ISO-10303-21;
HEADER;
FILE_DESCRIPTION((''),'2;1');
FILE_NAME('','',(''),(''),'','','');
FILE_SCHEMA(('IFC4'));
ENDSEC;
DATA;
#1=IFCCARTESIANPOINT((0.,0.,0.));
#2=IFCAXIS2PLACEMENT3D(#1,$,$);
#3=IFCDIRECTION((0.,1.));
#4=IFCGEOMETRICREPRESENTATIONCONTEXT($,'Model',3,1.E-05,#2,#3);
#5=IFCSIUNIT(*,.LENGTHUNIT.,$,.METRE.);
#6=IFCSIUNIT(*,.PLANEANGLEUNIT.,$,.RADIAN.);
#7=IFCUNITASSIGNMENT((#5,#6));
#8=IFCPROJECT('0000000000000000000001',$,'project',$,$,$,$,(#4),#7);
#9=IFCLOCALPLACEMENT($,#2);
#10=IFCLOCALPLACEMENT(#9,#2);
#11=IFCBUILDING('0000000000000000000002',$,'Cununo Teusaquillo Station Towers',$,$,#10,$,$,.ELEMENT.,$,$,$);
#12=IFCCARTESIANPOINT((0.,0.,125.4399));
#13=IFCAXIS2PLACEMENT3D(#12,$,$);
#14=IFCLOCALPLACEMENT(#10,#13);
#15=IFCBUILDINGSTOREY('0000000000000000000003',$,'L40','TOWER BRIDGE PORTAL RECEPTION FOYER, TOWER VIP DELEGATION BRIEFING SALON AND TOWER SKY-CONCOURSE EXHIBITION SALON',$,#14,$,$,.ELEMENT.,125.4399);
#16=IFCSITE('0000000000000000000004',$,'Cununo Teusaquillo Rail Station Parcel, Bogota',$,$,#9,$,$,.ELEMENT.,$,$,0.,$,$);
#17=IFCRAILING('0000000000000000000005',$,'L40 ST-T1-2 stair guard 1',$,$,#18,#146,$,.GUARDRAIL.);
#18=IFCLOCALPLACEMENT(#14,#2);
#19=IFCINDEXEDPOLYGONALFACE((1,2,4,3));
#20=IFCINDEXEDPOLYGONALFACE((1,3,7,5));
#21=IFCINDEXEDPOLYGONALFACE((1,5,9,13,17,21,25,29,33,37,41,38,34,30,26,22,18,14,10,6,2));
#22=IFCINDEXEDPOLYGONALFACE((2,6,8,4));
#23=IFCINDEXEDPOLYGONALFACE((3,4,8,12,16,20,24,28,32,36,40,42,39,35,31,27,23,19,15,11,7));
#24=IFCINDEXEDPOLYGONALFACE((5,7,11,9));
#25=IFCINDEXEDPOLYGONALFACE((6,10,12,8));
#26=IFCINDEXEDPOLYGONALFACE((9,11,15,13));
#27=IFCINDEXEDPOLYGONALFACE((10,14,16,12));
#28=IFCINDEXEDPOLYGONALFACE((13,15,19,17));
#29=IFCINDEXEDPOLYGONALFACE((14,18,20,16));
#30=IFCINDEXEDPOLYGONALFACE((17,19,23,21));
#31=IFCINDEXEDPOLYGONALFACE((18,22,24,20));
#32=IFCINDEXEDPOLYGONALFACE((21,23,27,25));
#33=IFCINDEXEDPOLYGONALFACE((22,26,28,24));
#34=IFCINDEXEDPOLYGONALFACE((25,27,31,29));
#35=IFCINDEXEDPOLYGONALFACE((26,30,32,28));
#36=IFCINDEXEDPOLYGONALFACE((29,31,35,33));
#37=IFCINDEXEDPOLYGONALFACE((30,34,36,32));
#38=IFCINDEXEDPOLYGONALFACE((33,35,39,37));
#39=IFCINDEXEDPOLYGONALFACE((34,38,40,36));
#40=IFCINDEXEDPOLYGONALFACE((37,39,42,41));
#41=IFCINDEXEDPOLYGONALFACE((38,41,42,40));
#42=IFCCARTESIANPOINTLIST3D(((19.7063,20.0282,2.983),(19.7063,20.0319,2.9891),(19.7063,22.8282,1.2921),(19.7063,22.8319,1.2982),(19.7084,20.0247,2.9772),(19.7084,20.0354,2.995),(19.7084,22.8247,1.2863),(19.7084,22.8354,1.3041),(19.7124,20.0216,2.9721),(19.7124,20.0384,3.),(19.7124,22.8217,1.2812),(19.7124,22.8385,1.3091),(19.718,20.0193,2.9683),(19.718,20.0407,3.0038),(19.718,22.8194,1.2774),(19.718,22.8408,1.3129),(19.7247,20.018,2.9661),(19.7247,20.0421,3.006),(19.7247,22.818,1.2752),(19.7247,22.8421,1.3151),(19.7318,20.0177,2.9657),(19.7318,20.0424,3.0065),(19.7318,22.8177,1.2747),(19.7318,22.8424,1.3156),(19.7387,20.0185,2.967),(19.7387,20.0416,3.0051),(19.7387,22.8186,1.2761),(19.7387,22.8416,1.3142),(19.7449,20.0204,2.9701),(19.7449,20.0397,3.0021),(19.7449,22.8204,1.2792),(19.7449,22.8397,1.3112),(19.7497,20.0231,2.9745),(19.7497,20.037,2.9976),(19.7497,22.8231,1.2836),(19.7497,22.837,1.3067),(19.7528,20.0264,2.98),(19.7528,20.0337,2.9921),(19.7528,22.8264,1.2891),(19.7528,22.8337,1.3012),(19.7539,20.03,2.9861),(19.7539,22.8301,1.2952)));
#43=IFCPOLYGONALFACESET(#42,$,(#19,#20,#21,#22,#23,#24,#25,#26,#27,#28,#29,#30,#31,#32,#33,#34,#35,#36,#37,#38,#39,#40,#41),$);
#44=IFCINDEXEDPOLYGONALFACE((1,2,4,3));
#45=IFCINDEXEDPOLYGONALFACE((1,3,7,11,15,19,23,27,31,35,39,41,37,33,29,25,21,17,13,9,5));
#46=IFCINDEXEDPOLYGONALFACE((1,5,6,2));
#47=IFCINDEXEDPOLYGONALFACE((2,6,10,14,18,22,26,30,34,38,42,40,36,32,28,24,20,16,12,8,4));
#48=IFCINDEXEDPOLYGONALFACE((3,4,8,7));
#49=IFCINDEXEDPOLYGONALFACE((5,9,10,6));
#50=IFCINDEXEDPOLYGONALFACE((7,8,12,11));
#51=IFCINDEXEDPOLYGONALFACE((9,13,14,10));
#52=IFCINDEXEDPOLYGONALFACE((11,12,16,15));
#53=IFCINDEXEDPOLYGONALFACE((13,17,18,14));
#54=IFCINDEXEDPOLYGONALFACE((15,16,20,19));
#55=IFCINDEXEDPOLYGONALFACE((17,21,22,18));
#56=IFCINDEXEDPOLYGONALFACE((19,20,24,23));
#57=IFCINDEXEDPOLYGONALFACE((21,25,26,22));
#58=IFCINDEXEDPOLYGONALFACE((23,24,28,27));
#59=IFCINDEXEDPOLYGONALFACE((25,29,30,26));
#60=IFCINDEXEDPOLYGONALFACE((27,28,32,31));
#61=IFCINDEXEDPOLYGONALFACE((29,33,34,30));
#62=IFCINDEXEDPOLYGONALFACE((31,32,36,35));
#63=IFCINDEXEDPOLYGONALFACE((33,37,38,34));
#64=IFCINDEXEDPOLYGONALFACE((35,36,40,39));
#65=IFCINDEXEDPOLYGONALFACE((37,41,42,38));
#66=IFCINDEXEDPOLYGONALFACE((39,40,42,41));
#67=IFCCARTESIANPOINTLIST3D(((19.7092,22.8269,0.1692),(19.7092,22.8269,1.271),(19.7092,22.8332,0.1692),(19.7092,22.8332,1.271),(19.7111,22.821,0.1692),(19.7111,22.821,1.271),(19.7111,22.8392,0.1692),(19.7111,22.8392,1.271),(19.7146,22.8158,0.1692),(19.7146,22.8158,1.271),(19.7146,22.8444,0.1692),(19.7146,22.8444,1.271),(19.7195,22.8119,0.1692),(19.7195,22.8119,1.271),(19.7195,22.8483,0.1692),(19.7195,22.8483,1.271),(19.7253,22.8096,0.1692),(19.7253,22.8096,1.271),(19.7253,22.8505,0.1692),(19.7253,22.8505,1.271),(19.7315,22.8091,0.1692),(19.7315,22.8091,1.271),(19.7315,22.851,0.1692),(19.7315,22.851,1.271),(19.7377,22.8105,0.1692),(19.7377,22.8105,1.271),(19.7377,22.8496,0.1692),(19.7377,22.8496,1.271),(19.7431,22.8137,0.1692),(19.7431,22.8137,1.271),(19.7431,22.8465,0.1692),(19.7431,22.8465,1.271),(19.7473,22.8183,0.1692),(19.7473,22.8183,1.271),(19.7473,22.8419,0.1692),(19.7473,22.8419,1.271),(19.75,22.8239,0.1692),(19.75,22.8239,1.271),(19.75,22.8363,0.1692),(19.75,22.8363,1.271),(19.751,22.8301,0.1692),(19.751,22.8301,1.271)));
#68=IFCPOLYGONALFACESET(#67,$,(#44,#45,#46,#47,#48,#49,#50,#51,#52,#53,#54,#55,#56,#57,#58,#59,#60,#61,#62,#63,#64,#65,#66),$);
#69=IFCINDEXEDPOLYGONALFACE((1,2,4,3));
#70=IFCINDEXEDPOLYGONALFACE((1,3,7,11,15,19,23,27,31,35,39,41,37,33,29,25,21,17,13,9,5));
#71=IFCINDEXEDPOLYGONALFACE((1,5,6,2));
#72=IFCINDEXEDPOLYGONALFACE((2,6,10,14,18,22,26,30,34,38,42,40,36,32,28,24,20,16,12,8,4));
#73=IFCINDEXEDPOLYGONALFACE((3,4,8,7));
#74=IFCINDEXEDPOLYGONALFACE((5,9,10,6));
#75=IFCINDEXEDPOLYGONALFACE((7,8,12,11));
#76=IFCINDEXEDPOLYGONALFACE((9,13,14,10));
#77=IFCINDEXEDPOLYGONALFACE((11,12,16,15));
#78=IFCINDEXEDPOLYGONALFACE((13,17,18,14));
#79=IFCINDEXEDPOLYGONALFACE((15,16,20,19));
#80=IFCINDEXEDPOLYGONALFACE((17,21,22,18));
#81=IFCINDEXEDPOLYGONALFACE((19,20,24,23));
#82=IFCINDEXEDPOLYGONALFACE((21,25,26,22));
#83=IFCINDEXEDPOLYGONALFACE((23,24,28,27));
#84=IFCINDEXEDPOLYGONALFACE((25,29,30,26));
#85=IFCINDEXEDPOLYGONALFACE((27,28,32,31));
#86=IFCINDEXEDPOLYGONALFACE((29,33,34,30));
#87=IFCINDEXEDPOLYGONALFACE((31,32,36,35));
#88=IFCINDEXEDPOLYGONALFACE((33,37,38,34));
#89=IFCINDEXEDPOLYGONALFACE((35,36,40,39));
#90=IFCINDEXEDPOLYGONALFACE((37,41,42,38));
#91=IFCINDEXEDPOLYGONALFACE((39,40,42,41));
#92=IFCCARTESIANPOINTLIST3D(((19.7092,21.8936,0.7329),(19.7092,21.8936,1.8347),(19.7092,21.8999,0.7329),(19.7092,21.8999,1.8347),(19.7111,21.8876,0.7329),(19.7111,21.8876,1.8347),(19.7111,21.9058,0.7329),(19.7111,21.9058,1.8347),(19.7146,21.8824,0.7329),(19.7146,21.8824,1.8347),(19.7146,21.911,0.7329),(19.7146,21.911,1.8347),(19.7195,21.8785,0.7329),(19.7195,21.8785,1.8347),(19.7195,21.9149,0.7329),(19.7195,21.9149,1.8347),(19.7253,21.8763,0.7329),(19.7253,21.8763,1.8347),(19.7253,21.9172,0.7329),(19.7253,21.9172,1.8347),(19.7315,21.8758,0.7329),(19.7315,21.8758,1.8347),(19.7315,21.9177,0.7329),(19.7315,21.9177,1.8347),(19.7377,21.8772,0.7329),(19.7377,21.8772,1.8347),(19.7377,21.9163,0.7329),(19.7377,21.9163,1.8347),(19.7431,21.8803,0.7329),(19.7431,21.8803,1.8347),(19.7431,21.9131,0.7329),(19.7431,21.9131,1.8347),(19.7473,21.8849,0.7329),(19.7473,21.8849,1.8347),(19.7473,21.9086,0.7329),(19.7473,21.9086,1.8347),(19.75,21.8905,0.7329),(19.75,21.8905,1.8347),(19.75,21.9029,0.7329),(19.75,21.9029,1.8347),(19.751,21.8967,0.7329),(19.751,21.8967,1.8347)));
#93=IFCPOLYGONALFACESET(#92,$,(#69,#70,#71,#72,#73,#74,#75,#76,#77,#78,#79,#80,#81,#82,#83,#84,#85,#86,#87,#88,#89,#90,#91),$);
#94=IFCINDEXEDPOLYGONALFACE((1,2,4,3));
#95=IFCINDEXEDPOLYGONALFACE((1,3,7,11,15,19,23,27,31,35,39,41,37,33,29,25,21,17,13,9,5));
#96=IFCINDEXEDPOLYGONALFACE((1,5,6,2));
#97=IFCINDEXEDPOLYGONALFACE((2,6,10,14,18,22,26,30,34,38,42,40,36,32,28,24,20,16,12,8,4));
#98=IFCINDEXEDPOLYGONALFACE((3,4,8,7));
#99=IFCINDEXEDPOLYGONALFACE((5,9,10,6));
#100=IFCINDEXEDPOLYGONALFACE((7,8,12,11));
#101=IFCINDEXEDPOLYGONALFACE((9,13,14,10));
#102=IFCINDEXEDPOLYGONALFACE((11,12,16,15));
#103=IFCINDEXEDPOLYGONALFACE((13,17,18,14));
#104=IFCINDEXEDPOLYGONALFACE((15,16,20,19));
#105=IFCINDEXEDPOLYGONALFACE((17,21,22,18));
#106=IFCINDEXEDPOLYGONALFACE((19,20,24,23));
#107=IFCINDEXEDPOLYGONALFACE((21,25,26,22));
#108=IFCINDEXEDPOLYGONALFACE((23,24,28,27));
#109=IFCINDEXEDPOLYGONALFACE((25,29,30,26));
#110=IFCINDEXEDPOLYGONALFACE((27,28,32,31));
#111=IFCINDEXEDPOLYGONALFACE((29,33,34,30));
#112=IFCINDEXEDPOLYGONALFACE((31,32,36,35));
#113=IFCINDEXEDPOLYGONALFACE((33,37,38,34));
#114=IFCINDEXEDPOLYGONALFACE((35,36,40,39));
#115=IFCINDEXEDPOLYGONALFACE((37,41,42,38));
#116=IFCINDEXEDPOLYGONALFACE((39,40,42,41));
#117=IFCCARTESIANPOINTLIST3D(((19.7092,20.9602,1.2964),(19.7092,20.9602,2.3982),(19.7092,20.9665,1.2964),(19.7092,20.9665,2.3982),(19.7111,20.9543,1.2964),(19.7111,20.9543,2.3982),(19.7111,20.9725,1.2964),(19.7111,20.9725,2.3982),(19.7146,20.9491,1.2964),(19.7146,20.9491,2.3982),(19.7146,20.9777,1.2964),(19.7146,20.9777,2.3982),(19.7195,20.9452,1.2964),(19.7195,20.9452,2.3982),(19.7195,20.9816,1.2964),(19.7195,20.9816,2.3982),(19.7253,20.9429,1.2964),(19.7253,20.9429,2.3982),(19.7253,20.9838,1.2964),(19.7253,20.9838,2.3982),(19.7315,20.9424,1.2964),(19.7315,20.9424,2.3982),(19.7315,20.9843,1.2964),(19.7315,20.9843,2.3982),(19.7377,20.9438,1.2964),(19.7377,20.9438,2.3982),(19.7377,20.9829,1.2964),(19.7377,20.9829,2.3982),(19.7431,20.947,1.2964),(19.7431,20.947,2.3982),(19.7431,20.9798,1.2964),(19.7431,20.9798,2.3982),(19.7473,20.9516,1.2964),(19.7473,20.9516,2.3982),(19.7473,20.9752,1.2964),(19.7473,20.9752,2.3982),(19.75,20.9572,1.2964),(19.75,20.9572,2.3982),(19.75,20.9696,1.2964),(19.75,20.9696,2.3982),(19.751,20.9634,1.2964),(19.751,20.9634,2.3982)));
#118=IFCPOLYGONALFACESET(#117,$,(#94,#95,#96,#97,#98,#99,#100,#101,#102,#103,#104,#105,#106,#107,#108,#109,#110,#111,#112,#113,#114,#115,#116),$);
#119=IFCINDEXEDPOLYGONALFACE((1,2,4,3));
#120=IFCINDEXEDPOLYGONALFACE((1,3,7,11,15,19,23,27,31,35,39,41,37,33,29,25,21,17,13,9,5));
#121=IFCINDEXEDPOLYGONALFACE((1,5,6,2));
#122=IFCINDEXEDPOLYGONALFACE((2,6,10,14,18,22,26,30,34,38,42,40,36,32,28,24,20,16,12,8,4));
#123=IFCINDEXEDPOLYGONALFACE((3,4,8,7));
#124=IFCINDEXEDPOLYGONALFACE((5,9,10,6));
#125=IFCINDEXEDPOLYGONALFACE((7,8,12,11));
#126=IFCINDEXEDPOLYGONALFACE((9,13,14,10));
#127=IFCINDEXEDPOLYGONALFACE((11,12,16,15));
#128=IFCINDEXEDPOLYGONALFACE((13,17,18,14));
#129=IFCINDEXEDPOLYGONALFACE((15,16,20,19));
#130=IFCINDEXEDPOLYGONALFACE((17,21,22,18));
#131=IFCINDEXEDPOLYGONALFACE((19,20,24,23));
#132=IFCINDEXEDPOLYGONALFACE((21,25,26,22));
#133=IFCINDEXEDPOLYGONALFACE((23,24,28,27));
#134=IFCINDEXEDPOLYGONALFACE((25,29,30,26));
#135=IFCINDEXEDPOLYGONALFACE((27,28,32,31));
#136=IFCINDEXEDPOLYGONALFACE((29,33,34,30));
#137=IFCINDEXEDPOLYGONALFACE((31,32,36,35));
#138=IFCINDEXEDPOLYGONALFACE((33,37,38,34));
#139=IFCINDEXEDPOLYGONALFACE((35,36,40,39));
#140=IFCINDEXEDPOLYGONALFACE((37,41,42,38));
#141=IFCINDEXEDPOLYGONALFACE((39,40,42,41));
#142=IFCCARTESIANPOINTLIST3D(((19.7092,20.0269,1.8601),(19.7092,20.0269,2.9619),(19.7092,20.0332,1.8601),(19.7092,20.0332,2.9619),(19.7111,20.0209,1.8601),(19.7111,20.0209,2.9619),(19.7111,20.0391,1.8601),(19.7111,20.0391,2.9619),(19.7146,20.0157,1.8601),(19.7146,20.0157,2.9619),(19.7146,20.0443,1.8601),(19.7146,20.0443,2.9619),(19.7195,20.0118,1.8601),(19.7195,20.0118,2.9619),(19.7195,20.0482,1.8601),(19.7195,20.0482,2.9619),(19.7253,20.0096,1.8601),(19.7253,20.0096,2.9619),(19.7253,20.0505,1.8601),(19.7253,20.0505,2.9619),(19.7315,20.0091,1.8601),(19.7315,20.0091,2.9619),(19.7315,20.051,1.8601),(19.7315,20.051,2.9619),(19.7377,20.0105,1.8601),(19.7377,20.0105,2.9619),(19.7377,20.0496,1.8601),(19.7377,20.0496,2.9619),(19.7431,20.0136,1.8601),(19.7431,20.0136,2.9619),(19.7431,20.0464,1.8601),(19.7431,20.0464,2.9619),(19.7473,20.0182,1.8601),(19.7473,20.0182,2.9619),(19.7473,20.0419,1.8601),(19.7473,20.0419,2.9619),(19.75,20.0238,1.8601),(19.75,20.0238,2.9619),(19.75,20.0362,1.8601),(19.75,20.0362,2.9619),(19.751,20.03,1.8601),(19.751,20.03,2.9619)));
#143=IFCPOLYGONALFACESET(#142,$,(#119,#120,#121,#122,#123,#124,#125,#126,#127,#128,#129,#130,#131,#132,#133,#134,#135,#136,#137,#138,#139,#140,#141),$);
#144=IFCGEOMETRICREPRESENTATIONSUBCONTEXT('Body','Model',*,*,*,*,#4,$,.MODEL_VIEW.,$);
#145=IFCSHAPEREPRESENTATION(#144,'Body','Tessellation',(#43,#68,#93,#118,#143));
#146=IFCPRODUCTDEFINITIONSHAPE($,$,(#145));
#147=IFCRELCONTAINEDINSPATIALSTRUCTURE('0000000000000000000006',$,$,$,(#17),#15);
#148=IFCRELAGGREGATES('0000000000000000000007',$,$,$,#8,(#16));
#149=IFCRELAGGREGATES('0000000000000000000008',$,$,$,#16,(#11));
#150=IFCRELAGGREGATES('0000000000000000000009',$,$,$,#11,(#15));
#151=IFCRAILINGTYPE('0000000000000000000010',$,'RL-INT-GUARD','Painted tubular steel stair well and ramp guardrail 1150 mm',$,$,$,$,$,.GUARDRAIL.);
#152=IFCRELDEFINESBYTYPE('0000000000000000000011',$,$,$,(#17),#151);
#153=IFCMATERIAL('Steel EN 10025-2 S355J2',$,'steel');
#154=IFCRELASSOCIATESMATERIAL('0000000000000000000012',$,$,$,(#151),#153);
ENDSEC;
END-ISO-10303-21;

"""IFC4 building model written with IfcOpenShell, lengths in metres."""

from ifc_helpers import new_model, si_unit, direction, frame, origin, origin_2d, place, context, subcontext, project, spatial, circle, extrude, material, type_object, element, save


model = new_model("IFC4")

# Units and contexts
model_context = context("Model", 3, precision=1e-05, world=origin(), true_north=direction((0.0, 1.0)))
body_context = subcontext(model_context, "Body", "Model", "MODEL_VIEW")
ifc_project = project(units=[si_unit("LENGTHUNIT", "METRE"), si_unit("PLANEANGLEUNIT", "RADIAN")], contexts=[model_context])

# Site, building, storey
site_placement = place(None, origin())
site = spatial("IfcSite", under=ifc_project, at=site_placement, Name="Cununo Teusaquillo Rail Station Parcel, Bogota", CompositionType="ELEMENT", RefElevation=0.0)
building_placement = place(site_placement, origin())
building = spatial("IfcBuilding", under=site, at=building_placement, Name="Cununo Teusaquillo Station Towers", CompositionType="ELEMENT")
storey_placement = place(building_placement, frame((0.0, 0.0, 125.4399)))
storey = spatial("IfcBuildingStorey", under=building, at=storey_placement, Name="L40", Description="TOWER BRIDGE PORTAL RECEPTION FOYER, TOWER VIP DELEGATION BRIEFING SALON AND TOWER SKY-CONCOURSE EXHIBITION SALON", CompositionType="ELEMENT", Elevation=125.4399)

# Railing
ifc_material_1 = material(Name="Steel EN 10025-2 S355J2", Category="steel")
railing_type_1 = type_object("IfcRailingType", Name="RL-INT-GUARD", Description="Painted tubular steel stair well and ramp guardrail 1150 mm", PredefinedType="GUARDRAIL", material=ifc_material_1)
railing_1_placement = place(storey_placement, frame((19.73, 22.8301, 0.1692)))
element("IfcRailing", 1, at=railing_1_placement, inside=storey, type_object=railing_type_1, Name="L40 ST-T1-2 stair guard 1", PredefinedType="GUARDRAIL", context=body_context, shape_type="SweptSolid", body=[
    extrude(circle(Radius=0.0239, at=origin_2d()), frame((0.0, 0.0, 1.126), z_axis=(0.0, -0.856021, 0.516941), x_axis=(1.0, 0.0, 0.0)), (0.0, 0.0, 1.0), 3.271),
    extrude(circle(Radius=0.021, at=origin_2d()), origin(), (0.0, 0.0, 1.0), 1.1018),
    extrude(circle(Radius=0.021, at=origin_2d()), frame((0.0, -0.9333, 0.5637)), (0.0, 0.0, 1.0), 1.1018),
    extrude(circle(Radius=0.021, at=origin_2d()), frame((0.0, -1.8667, 1.1272)), (0.0, 0.0, 1.0), 1.1018),
    extrude(circle(Radius=0.021, at=origin_2d()), frame((0.0, -2.8, 1.6909)), (0.0, 0.0, 1.0), 1.1018),
])

save(model, "model.ifc")
